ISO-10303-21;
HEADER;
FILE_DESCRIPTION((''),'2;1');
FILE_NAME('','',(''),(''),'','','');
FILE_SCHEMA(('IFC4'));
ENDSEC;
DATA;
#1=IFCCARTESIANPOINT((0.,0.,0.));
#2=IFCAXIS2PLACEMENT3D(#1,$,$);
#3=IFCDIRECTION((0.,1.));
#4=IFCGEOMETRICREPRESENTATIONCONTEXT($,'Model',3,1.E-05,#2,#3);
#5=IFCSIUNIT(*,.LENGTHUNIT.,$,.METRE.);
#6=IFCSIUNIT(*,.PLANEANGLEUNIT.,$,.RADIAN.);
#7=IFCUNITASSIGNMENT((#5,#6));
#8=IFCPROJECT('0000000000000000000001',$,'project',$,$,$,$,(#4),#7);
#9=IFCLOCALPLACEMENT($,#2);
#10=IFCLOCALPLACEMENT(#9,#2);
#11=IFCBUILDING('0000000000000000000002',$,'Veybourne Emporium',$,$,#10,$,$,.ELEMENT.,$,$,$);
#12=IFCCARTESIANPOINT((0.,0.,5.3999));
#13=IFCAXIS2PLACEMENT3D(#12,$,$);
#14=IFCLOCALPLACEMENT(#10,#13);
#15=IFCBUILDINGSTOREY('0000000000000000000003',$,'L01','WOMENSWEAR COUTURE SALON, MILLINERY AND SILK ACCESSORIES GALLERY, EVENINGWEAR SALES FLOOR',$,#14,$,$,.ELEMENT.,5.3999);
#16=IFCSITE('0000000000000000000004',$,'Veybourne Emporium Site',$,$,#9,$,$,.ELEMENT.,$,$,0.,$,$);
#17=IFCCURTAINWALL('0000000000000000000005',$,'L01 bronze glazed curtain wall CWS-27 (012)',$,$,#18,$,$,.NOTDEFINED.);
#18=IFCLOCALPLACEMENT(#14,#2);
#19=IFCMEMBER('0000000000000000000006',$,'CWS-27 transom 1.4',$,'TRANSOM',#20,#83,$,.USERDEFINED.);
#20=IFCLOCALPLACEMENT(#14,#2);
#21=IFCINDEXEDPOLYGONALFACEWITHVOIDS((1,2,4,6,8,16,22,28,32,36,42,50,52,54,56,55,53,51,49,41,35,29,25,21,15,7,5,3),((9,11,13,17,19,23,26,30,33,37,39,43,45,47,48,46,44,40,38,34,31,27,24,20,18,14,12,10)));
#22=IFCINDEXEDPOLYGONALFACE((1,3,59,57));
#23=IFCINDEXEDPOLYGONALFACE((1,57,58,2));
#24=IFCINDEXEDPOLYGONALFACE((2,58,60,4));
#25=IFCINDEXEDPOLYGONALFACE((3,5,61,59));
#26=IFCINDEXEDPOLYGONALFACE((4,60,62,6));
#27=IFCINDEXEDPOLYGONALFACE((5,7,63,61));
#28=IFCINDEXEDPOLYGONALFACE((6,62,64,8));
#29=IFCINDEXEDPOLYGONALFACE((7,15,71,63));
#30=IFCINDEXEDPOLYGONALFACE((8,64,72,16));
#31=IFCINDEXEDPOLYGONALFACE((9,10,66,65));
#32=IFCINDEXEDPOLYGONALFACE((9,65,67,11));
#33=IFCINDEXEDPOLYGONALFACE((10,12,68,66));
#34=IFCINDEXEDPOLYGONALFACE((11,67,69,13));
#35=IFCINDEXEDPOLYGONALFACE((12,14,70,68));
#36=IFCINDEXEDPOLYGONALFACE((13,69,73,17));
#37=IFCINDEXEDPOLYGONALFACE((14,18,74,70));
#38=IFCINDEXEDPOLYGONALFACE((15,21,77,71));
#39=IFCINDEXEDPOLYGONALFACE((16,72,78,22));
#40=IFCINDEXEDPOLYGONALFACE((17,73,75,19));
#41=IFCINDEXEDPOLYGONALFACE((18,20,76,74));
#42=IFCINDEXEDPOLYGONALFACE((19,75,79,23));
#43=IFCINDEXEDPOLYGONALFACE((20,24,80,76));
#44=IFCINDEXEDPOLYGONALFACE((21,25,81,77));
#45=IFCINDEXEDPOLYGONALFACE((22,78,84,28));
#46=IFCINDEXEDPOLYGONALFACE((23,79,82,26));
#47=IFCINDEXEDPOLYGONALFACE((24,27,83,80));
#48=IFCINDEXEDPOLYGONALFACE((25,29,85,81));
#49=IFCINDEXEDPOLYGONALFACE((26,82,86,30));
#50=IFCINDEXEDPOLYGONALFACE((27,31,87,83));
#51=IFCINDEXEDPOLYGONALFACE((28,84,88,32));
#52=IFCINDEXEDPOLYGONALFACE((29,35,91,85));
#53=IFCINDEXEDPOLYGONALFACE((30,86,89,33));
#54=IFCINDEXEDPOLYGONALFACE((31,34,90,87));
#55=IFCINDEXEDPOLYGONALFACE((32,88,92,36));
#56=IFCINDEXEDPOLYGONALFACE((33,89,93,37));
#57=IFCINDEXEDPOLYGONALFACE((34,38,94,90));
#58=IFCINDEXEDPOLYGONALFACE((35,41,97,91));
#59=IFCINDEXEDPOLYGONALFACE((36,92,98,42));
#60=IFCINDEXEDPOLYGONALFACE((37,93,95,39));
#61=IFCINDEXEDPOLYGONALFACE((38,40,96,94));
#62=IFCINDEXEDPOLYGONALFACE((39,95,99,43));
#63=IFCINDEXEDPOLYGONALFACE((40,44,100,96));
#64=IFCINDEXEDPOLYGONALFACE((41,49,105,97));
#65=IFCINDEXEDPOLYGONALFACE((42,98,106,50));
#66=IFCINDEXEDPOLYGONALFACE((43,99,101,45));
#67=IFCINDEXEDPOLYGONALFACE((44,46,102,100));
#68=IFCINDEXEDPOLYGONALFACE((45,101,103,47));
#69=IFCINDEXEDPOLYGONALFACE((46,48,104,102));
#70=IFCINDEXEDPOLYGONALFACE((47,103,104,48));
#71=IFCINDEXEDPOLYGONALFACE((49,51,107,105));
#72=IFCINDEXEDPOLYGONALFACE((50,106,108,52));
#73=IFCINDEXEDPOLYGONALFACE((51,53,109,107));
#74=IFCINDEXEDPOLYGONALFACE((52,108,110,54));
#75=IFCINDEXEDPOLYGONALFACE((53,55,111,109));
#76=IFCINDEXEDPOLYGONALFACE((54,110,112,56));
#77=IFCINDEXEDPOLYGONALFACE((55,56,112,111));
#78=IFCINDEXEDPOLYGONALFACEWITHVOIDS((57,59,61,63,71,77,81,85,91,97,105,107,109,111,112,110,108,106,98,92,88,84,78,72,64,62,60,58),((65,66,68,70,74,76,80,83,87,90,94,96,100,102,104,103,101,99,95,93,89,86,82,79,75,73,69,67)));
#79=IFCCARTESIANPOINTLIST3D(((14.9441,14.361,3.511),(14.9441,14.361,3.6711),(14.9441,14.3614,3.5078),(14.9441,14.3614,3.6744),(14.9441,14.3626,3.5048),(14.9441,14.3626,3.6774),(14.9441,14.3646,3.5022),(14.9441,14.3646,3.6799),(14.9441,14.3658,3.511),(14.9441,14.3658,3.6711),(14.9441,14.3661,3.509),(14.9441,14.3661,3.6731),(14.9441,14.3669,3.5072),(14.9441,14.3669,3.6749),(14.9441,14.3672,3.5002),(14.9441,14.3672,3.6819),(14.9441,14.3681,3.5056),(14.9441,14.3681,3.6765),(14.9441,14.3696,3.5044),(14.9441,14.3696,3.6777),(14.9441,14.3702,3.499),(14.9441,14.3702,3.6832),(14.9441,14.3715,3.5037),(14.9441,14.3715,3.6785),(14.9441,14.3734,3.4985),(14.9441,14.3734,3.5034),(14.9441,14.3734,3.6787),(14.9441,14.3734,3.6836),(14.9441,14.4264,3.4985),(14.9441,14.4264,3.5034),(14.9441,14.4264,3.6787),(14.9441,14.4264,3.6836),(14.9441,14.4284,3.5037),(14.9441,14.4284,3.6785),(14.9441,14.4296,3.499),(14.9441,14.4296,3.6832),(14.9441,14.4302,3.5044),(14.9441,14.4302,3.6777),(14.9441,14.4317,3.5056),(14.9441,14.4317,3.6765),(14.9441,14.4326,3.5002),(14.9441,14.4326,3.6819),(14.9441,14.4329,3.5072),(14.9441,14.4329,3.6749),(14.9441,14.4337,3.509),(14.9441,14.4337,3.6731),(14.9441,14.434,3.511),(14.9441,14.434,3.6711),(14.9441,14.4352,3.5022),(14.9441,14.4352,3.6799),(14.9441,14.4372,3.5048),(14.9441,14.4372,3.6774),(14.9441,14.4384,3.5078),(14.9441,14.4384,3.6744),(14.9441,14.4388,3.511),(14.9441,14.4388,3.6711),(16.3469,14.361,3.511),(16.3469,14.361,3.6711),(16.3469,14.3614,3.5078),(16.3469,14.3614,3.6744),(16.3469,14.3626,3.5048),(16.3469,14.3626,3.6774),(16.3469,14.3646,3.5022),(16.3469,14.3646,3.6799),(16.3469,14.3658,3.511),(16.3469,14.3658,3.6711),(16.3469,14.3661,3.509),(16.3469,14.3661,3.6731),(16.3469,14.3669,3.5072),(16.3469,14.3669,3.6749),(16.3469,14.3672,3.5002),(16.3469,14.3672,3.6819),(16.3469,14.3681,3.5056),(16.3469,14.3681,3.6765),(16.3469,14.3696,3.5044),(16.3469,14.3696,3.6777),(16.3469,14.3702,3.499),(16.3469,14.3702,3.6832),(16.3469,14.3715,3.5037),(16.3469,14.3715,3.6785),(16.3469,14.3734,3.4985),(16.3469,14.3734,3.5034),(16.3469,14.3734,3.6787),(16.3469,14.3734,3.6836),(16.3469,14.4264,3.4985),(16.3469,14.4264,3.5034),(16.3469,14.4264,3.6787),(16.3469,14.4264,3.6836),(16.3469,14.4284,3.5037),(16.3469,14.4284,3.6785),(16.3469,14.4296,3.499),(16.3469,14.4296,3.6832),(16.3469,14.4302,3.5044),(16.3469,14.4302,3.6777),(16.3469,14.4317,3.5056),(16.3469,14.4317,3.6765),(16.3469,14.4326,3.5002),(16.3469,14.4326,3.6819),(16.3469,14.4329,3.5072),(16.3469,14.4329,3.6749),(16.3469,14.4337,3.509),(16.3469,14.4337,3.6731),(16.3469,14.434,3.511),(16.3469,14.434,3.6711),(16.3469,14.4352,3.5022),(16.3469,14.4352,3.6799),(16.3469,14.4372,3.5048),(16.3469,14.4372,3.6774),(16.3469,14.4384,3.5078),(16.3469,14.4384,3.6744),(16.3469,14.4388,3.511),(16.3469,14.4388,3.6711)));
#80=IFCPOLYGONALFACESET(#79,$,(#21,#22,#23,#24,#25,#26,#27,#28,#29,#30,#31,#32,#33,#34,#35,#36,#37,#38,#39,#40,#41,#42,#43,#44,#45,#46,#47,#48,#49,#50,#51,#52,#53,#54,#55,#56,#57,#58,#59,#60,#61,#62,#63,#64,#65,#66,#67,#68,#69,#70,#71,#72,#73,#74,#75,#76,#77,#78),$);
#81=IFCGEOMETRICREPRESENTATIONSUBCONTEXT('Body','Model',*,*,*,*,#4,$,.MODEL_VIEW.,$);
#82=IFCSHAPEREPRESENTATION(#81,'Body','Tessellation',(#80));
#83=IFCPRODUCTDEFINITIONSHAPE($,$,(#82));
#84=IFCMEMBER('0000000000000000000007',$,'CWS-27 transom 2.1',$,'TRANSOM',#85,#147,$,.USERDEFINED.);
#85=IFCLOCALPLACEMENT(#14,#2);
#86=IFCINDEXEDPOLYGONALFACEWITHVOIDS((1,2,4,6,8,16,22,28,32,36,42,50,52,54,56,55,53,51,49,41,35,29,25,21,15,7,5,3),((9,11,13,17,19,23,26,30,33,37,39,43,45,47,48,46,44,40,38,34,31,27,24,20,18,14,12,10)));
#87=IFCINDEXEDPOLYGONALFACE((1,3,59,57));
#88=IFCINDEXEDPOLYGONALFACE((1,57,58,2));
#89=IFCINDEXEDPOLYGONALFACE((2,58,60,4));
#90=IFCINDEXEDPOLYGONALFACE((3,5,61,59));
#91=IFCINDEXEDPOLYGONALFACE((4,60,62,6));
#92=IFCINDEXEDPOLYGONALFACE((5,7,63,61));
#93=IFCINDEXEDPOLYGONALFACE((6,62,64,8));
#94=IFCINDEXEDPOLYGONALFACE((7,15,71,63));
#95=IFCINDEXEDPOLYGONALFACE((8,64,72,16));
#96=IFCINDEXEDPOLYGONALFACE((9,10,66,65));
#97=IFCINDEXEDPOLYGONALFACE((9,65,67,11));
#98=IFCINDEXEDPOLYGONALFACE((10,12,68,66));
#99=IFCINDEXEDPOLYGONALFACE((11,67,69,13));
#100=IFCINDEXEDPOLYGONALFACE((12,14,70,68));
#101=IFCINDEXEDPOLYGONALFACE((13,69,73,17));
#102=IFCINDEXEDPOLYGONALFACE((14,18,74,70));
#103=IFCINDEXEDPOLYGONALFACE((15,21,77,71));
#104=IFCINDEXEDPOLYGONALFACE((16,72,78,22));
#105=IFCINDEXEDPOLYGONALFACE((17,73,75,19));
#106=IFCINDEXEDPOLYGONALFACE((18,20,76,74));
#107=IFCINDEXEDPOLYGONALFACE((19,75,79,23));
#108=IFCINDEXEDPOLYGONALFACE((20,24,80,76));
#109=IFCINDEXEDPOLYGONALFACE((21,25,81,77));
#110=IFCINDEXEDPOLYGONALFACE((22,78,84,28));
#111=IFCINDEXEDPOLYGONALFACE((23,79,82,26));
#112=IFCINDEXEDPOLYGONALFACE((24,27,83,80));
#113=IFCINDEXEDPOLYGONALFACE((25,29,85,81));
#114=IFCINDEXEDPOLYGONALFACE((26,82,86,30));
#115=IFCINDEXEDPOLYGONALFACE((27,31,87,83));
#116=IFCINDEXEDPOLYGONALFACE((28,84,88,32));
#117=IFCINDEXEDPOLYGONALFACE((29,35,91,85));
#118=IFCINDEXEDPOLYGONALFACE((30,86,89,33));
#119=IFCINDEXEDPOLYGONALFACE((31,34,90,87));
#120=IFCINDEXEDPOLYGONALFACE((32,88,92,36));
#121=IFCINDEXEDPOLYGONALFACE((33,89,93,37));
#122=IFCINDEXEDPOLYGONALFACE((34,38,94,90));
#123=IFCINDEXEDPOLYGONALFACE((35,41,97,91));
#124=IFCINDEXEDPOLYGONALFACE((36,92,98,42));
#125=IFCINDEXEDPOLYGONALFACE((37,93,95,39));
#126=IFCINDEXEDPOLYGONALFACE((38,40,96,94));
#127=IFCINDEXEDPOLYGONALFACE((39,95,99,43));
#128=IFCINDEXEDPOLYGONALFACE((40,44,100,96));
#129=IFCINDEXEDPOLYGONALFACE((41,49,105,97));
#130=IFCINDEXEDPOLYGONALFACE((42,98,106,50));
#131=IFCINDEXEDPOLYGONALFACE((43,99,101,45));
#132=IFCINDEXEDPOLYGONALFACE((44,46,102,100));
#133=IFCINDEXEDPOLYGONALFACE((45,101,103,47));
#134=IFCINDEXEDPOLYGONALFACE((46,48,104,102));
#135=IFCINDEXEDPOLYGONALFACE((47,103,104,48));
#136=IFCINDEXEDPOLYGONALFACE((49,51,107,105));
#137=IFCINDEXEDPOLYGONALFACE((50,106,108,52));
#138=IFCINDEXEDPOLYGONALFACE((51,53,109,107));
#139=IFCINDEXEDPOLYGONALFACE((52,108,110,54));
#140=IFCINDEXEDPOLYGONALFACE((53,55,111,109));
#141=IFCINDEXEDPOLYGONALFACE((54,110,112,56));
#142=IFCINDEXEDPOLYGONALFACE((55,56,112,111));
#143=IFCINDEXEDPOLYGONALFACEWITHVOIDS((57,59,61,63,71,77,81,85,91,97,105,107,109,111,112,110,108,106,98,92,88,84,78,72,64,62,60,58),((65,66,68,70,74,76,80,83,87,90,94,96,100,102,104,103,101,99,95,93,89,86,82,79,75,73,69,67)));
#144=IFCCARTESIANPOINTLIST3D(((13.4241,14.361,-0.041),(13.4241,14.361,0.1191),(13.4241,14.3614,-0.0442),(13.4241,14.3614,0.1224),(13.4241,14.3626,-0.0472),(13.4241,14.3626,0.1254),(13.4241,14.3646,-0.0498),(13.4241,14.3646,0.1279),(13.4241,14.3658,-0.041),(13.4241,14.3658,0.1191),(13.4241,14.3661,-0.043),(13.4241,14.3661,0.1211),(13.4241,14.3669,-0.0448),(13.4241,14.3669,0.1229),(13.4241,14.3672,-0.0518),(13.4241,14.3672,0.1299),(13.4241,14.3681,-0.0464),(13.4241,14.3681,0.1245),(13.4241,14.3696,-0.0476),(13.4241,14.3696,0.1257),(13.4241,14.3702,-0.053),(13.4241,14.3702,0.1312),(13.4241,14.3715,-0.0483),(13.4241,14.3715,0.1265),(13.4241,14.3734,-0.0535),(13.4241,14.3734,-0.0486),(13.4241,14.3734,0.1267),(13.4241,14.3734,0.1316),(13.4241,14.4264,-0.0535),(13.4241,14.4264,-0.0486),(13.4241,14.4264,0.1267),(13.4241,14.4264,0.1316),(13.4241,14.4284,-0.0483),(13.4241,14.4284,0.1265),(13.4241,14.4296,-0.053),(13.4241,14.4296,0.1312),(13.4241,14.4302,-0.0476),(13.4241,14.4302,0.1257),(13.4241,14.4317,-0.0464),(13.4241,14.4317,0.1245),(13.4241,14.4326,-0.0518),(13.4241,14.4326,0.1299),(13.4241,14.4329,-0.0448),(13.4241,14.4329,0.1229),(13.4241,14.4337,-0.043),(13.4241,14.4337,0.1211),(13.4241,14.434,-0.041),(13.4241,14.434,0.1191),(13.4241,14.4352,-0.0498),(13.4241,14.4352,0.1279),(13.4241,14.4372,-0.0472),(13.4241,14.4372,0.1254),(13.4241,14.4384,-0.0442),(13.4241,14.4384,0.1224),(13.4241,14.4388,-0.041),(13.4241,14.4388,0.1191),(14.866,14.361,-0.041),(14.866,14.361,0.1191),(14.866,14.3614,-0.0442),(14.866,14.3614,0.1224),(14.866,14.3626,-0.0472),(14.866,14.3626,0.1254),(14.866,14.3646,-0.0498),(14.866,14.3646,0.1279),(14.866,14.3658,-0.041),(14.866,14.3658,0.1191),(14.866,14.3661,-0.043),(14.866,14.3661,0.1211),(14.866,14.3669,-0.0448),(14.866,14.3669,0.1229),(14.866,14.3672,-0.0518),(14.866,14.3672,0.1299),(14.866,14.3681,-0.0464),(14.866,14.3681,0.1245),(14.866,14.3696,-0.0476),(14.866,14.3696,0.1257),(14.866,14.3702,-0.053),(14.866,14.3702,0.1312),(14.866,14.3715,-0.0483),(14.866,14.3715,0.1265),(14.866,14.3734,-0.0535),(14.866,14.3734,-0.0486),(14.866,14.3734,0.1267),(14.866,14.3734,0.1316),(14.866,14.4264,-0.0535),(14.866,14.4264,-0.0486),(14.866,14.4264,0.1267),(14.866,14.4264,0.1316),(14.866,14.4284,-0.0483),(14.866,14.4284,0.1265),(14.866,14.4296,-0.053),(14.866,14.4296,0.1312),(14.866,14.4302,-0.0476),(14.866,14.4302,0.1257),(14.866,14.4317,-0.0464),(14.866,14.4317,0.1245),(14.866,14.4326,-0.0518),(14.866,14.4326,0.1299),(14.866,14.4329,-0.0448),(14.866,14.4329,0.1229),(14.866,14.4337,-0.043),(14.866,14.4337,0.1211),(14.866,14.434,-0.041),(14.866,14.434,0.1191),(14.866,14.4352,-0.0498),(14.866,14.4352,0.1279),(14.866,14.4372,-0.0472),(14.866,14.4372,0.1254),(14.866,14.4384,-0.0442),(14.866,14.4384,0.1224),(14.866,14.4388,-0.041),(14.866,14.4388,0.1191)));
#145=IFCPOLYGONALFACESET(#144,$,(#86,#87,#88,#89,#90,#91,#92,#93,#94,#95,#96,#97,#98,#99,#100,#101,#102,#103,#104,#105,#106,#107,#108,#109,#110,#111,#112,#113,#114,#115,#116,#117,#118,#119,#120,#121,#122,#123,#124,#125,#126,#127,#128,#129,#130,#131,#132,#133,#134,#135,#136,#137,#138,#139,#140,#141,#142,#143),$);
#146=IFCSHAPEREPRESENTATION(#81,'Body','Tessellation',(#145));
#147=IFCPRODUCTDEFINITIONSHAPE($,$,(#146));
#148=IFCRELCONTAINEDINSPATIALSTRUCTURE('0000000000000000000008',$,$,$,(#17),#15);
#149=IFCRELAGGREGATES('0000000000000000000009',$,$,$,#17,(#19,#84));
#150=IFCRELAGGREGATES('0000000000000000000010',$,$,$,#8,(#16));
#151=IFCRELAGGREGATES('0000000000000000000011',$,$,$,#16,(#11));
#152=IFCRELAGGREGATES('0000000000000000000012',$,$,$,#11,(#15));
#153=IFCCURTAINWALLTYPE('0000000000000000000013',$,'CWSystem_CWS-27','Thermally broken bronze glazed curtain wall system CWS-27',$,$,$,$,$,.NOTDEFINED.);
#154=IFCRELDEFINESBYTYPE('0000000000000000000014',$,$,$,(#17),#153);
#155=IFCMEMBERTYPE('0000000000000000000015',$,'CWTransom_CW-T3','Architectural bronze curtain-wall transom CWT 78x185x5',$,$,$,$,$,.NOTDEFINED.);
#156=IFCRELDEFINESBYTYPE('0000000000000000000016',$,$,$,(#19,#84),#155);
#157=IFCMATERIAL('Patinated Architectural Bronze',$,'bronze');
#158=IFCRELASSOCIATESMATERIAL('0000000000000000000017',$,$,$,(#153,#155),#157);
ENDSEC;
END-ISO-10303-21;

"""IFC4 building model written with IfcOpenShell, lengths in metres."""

from ifc_helpers import new_model, si_unit, direction, frame, origin, origin_2d, place, context, subcontext, project, spatial, hollow_rectangle, extrude, material, material_profile, profile_set, type_object, element, aggregate, save


model = new_model("IFC4")

# Units and contexts
model_context = context("Model", 3, precision=1e-05, world=origin(), true_north=direction((0.0, 1.0)))
body_context = subcontext(model_context, "Body", "Model", "MODEL_VIEW")
ifc_project = project(units=[si_unit("LENGTHUNIT", "METRE"), si_unit("PLANEANGLEUNIT", "RADIAN")], contexts=[model_context])

# Site, building, storey
site_placement = place(None, origin())
site = spatial("IfcSite", under=ifc_project, at=site_placement, Name="Veybourne Emporium Site", CompositionType="ELEMENT", RefElevation=0.0)
building_placement = place(site_placement, origin())
building = spatial("IfcBuilding", under=site, at=building_placement, Name="Veybourne Emporium", CompositionType="ELEMENT")
storey_placement = place(building_placement, frame((0.0, 0.0, 5.3999)))
storey = spatial("IfcBuildingStorey", under=building, at=storey_placement, Name="L01", Description="WOMENSWEAR COUTURE SALON, MILLINERY AND SILK ACCESSORIES GALLERY, EVENINGWEAR SALES FLOOR", CompositionType="ELEMENT", Elevation=5.3999)

# Curtain wall, members
ifc_material_1 = material(Name="Patinated Architectural Bronze", Category="bronze")
curtain_wall_type = type_object("IfcCurtainWallType", Name="CWSystem_CWS-27", Description="Thermally broken bronze glazed curtain wall system CWS-27", PredefinedType="NOTDEFINED", material=ifc_material_1)
curtain_wall_placement = place(storey_placement, origin())
curtain_wall = element("IfcCurtainWall", 1, at=curtain_wall_placement, inside=storey, type_object=curtain_wall_type, Name="L01 bronze glazed curtain wall CWS-27 (012)", PredefinedType="NOTDEFINED")
ifc_material_profile_1 = material_profile(ifc_material_1, hollow_rectangle(XDim=0.0779, YDim=0.1851, WallThickness=0.0049, InnerFilletRadius=0.0076, OuterFilletRadius=0.0125, at=origin_2d()), Name="CWT 78x185x5")
ifc_profile_set_1 = profile_set([ifc_material_profile_1], Name="Patinated Architectural Bronze")
member_type_1 = type_object("IfcMemberType", Name="CWTransom_CW-T3", Description="Architectural bronze curtain-wall transom CWT 78x185x5", PredefinedType="NOTDEFINED", material=ifc_profile_set_1)
member_1_placement = place(storey_placement, frame((16.3469, 14.3999, 3.5911), z_axis=(-1.0, 0.0, 0.0), x_axis=(0.0, -1.0, 0.0)))
member_1 = element("IfcMember", 2, at=member_1_placement, type_object=member_type_1, Name="CWS-27 transom 1.4", ObjectType="TRANSOM", PredefinedType="USERDEFINED", context=body_context, shape_type="SweptSolid", body=[
    extrude(hollow_rectangle(XDim=0.0779, YDim=0.1851, WallThickness=0.0049, InnerFilletRadius=0.0076, OuterFilletRadius=0.0125, at=origin_2d()), origin(), (0.0, 0.0, 1.0), 1.4028),
])
member_2_placement = place(storey_placement, frame((14.866, 14.3999, 0.0391), z_axis=(-1.0, 0.0, 0.0), x_axis=(0.0, -1.0, 0.0)))
member_2 = element("IfcMember", 3, at=member_2_placement, type_object=member_type_1, Name="CWS-27 transom 2.1", ObjectType="TRANSOM", PredefinedType="USERDEFINED", context=body_context, shape_type="SweptSolid", body=[
    extrude(hollow_rectangle(XDim=0.0779, YDim=0.1851, WallThickness=0.0049, InnerFilletRadius=0.0076, OuterFilletRadius=0.0125, at=origin_2d()), origin(), (0.0, 0.0, 1.0), 1.4419),
])
aggregate(curtain_wall, [member_1, member_2])

save(model, "model.ifc")
